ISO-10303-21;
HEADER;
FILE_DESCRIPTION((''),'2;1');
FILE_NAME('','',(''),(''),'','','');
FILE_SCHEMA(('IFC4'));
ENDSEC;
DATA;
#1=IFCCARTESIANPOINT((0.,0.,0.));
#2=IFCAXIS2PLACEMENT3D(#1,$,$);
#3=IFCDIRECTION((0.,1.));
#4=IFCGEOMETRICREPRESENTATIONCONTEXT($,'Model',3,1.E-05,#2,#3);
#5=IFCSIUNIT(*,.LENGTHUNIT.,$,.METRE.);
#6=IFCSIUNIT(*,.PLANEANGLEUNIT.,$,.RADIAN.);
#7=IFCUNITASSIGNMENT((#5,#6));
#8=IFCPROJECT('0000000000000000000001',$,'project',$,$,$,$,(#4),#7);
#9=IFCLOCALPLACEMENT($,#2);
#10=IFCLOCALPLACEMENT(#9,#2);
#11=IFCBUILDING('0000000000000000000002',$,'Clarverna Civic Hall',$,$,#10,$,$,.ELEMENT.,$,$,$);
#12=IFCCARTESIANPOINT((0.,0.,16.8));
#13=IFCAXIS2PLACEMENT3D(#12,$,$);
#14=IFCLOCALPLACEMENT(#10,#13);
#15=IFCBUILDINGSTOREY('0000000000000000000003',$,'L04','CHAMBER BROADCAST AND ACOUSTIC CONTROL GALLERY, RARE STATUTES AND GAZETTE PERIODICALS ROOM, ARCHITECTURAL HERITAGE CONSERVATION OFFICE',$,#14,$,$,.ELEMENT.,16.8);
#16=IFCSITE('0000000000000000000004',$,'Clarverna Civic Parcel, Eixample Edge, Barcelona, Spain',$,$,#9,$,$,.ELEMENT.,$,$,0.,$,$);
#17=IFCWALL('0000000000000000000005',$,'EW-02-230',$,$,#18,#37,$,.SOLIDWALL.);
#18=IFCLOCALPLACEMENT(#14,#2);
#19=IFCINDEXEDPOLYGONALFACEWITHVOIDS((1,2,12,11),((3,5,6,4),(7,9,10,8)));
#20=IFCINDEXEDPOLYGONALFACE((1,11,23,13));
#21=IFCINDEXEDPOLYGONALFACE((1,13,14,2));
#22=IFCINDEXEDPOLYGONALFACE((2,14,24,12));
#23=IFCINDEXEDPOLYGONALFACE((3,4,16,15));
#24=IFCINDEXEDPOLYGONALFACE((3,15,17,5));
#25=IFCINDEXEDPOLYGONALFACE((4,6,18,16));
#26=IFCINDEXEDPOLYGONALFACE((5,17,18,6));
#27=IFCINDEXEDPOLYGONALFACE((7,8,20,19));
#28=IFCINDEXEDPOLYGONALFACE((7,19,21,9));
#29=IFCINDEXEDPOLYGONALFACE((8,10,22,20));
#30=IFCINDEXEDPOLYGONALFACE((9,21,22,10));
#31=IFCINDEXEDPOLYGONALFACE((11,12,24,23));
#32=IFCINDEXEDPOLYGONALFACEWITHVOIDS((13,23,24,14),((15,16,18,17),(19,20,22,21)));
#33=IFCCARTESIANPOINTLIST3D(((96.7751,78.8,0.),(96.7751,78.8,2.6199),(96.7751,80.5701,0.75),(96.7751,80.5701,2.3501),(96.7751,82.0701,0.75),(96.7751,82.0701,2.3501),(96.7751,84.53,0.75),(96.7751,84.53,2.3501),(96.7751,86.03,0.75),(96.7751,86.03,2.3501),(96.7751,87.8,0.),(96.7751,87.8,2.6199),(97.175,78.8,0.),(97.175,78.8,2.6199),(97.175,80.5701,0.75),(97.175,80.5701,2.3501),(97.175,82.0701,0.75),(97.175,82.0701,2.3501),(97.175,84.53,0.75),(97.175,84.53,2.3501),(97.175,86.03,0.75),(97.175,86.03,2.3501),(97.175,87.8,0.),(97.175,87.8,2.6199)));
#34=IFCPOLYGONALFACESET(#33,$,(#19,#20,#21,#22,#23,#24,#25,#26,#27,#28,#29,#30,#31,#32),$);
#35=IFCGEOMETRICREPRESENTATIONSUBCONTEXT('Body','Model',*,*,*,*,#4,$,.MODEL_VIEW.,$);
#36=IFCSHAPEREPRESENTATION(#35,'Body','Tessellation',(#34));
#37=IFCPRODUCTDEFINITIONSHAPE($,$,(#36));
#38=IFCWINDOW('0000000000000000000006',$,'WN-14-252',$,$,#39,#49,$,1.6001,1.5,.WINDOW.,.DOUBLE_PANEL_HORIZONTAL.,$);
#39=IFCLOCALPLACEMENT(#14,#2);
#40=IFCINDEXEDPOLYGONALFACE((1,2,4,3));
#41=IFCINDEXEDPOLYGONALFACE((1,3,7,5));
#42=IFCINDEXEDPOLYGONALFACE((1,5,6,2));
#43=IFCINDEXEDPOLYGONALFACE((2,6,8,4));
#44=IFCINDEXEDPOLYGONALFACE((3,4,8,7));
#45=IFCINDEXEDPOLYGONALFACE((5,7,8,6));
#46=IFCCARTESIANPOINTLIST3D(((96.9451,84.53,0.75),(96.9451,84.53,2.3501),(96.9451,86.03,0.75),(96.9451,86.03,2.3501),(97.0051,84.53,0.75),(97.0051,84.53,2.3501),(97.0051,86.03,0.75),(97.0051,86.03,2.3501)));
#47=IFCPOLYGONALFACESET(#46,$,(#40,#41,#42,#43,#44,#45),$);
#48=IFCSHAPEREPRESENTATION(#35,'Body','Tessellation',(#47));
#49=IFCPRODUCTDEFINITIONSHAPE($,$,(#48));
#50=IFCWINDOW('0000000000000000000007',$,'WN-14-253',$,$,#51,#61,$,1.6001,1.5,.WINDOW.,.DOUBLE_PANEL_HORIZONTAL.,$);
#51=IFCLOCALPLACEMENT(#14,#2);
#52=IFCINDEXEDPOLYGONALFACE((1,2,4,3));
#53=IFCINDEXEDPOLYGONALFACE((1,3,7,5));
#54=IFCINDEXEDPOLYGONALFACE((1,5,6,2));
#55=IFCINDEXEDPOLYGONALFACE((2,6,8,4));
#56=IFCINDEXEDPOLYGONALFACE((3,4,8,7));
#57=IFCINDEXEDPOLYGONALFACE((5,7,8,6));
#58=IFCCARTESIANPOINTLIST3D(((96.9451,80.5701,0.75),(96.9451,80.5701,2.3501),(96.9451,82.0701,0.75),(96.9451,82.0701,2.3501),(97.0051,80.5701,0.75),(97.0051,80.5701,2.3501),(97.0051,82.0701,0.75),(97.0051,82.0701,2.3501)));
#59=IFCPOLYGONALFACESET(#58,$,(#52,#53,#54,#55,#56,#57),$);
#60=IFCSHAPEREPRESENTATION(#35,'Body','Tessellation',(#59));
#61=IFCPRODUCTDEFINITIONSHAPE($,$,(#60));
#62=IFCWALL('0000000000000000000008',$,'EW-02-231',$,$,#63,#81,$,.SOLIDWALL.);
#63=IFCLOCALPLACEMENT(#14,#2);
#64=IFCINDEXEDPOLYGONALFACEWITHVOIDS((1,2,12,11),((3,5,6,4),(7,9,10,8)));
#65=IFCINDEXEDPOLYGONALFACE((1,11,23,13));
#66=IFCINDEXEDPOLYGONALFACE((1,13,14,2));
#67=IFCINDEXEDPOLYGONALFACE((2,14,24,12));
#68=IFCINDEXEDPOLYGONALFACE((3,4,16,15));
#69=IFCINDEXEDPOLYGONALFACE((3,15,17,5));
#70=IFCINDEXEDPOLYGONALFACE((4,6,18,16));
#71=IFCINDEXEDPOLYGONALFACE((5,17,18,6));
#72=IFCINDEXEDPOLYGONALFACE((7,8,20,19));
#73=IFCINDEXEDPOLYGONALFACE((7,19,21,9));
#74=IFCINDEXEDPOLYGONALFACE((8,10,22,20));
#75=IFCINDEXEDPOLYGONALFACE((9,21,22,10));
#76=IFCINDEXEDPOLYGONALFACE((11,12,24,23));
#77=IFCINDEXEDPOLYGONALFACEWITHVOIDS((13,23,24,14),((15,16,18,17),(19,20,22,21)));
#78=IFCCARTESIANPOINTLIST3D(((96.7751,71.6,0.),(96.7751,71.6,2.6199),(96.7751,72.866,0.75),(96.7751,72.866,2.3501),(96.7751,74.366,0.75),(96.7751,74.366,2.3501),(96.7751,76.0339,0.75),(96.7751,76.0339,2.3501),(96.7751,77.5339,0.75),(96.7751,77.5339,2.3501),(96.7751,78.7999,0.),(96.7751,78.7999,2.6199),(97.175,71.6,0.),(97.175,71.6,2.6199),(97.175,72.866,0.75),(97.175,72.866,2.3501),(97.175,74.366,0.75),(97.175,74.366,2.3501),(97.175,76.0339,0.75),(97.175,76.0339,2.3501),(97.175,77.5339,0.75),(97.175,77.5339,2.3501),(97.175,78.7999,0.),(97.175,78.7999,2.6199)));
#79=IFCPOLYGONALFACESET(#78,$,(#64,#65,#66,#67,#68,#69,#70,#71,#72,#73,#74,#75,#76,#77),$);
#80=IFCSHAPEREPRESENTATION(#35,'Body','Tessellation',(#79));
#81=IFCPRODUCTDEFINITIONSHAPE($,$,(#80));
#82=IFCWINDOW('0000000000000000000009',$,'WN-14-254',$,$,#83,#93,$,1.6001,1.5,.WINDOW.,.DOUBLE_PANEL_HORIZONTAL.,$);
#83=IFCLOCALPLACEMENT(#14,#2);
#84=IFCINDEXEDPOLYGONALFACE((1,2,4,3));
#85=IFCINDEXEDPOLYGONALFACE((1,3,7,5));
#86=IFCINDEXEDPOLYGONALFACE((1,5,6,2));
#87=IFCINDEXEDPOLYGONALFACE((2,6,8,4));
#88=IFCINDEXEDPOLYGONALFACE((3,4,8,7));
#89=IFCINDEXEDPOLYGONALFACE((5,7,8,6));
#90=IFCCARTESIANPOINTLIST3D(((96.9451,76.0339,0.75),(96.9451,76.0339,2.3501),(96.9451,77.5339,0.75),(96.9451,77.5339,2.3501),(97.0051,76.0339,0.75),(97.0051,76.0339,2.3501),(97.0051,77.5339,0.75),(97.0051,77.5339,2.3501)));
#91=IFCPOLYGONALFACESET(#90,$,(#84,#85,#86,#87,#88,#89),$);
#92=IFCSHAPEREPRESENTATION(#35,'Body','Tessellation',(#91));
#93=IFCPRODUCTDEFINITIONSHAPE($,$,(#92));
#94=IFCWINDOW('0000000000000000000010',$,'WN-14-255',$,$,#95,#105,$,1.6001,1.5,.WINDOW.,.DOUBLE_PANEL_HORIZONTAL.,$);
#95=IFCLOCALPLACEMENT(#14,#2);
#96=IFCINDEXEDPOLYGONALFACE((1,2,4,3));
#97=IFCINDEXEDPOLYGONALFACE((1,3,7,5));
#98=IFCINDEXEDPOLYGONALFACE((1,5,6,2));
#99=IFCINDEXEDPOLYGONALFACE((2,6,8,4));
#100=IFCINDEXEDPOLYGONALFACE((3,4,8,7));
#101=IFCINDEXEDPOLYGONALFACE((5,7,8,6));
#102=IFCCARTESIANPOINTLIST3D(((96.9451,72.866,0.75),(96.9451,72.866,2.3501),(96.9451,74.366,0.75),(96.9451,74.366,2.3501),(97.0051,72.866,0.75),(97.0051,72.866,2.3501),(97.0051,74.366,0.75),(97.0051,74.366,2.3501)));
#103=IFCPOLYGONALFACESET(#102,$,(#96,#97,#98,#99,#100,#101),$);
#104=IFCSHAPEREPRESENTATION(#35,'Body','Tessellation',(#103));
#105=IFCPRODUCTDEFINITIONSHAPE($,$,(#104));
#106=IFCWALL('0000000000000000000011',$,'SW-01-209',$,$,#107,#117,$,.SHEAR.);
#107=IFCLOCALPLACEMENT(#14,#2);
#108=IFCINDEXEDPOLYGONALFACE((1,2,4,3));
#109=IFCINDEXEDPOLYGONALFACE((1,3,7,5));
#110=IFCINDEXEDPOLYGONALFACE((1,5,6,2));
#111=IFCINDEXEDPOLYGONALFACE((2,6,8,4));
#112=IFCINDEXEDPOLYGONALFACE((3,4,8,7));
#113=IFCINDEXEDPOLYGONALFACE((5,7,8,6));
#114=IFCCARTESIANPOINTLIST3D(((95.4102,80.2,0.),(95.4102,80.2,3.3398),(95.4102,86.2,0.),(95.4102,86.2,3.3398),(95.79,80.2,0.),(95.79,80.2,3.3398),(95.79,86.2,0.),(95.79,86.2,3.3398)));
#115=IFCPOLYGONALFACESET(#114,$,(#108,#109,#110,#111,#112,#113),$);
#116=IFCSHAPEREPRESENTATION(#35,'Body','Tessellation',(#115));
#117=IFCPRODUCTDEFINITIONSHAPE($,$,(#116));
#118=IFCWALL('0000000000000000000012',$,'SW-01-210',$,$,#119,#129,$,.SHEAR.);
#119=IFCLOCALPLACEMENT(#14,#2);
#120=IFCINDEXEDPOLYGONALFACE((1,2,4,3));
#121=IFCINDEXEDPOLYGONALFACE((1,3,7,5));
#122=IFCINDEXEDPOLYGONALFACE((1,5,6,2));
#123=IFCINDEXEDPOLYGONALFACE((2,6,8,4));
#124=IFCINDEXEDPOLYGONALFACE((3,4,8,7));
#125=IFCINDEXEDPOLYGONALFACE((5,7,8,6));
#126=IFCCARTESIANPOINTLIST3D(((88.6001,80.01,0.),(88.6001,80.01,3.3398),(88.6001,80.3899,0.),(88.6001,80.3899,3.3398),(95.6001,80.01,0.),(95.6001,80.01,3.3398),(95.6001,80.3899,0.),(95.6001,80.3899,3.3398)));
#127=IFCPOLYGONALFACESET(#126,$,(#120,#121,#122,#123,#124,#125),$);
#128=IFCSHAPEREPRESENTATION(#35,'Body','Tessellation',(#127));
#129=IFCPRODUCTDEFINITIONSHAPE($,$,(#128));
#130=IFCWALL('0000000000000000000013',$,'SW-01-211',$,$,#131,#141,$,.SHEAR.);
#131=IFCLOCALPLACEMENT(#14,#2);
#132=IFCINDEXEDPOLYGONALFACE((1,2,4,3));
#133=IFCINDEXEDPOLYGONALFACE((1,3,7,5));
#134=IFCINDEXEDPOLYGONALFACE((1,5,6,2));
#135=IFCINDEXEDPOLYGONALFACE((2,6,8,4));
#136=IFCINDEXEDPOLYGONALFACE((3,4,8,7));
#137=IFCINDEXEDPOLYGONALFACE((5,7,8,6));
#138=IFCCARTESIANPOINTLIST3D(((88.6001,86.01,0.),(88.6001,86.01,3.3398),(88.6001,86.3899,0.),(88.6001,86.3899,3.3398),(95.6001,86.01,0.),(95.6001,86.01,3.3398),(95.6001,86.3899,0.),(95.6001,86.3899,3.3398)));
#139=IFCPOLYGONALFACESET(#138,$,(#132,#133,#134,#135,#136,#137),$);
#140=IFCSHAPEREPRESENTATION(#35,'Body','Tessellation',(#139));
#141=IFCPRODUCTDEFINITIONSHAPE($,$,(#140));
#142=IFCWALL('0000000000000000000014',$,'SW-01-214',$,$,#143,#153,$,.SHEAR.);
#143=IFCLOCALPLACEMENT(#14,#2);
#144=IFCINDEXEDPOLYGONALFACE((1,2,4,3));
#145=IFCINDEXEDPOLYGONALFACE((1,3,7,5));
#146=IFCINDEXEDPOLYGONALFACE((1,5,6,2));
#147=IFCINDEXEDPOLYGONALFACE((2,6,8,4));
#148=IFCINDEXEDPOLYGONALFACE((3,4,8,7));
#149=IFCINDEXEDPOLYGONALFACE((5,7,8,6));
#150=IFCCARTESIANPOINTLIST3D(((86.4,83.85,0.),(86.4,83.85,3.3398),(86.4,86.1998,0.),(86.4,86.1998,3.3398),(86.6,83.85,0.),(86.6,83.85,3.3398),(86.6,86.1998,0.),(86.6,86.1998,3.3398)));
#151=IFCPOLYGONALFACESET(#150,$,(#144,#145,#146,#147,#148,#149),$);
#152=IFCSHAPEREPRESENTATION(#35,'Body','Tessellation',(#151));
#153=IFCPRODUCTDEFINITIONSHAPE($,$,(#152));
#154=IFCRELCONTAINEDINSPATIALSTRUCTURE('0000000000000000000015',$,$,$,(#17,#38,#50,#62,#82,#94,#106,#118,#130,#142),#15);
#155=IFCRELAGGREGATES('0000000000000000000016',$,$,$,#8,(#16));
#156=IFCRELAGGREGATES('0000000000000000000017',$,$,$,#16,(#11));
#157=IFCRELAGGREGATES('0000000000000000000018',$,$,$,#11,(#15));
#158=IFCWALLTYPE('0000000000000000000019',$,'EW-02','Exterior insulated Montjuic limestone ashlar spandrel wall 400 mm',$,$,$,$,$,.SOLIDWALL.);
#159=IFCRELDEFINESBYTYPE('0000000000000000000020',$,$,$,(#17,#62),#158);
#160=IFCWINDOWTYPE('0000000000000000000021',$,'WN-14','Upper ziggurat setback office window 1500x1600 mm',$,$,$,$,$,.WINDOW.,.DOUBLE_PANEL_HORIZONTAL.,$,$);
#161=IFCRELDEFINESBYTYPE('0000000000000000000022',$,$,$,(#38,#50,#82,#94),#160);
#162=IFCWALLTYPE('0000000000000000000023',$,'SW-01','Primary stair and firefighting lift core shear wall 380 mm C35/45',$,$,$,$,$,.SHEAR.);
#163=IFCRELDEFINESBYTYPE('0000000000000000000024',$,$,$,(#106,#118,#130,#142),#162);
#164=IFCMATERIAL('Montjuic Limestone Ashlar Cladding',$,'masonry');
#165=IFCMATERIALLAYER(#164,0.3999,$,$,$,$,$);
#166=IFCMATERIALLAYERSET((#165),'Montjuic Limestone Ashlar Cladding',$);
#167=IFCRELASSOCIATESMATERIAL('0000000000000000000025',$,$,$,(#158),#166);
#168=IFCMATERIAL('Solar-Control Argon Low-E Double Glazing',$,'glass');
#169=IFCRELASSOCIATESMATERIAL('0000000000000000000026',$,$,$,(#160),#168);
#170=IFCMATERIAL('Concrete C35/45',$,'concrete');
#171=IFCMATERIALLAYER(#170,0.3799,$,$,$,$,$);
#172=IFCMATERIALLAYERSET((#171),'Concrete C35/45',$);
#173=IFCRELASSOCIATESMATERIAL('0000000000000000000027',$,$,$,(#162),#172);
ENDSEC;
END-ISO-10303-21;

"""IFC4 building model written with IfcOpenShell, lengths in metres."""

from ifc_helpers import new_model, si_unit, direction, frame, frame_2d, origin, place, context, subcontext, project, spatial, rectangle, extrude, material, layer, layer_set, type_object, element, fill, save


model = new_model("IFC4")

# Units and contexts
model_context = context("Model", 3, precision=1e-05, world=origin(), true_north=direction((0.0, 1.0)))
body_context = subcontext(model_context, "Body", "Model", "MODEL_VIEW")
ifc_project = project(units=[si_unit("LENGTHUNIT", "METRE"), si_unit("PLANEANGLEUNIT", "RADIAN")], contexts=[model_context])

# Site, building, storey
site_placement = place(None, origin())
site = spatial("IfcSite", under=ifc_project, at=site_placement, Name="Clarverna Civic Parcel, Eixample Edge, Barcelona, Spain", CompositionType="ELEMENT", RefElevation=0.0)
building_placement = place(site_placement, origin())
building = spatial("IfcBuilding", under=site, at=building_placement, Name="Clarverna Civic Hall", CompositionType="ELEMENT")
storey_placement = place(building_placement, frame((0.0, 0.0, 16.8)))
storey = spatial("IfcBuildingStorey", under=building, at=storey_placement, Name="L04", Description="CHAMBER BROADCAST AND ACOUSTIC CONTROL GALLERY, RARE STATUTES AND GAZETTE PERIODICALS ROOM, ARCHITECTURAL HERITAGE CONSERVATION OFFICE", CompositionType="ELEMENT", Elevation=16.8)

# Shared definitions
ifc_material_1 = material(Name="Concrete C35/45", Category="concrete")

# Shared definitions
ifc_material_2 = material(Name="Montjuic Limestone Ashlar Cladding", Category="masonry")
ifc_layer_1 = layer(ifc_material_2, 0.3999)
ifc_layer_set_1 = layer_set([ifc_layer_1], Name="Montjuic Limestone Ashlar Cladding")
wall_type_1 = type_object("IfcWallType", Name="EW-02", Description="Exterior insulated Montjuic limestone ashlar spandrel wall 400 mm", PredefinedType="SOLIDWALL", material=ifc_layer_set_1)

# Walls, openings, windows
wall_1_placement = place(storey_placement, frame((96.9751, 87.8, 0.0), z_axis=(0.0, 0.0, 1.0), x_axis=(0.0, -1.0, 0.0)))
wall_1 = element("IfcWall", 1, at=wall_1_placement, inside=storey, type_object=wall_type_1, Name="EW-02-230", PredefinedType="SOLIDWALL", context=body_context, shape_type="SweptSolid", body=[
    extrude(rectangle(XDim=9.0, YDim=0.3999, at=frame_2d((4.5, 0.0))), origin(), (0.0, 0.0, 1.0), 2.6199),
])
opening_1_placement = place(wall_1_placement, frame((1.77, 0.0, 0.75)))
opening_1 = element("IfcOpeningElement", 2, at=opening_1_placement, cuts=wall_1, PredefinedType="OPENING", context=body_context, shape_type="SweptSolid", body=[
    extrude(rectangle(XDim=1.5, YDim=1.6001, at=frame_2d((0.75, 0.8))), frame((0.0, 0.21, 0.0), z_axis=(0.0, -1.0, 0.0), x_axis=(1.0, 0.0, 0.0)), (0.0, 0.0, 1.0), 0.4199),
])
opening_2_placement = place(wall_1_placement, frame((5.73, 0.0, 0.75)))
opening_2 = element("IfcOpeningElement", 3, at=opening_2_placement, cuts=wall_1, PredefinedType="OPENING", context=body_context, shape_type="SweptSolid", body=[
    extrude(rectangle(XDim=1.5, YDim=1.6001, at=frame_2d((0.75, 0.8))), frame((0.0, 0.21, 0.0), z_axis=(0.0, -1.0, 0.0), x_axis=(1.0, 0.0, 0.0)), (0.0, 0.0, 1.0), 0.4199),
])
ifc_material_3 = material(Name="Solar-Control Argon Low-E Double Glazing", Category="glass")
window_type = type_object("IfcWindowType", Name="WN-14", Description="Upper ziggurat setback office window 1500x1600 mm", PartitioningType="DOUBLE_PANEL_HORIZONTAL", PredefinedType="WINDOW", material=ifc_material_3)
window_1_placement = place(opening_1_placement, origin())
window_1 = element("IfcWindow", 4, at=window_1_placement, inside=storey, type_object=window_type, Name="WN-14-252", OverallHeight=1.6001, OverallWidth=1.5, PartitioningType="DOUBLE_PANEL_HORIZONTAL", PredefinedType="WINDOW", context=body_context, shape_type="SweptSolid", body=[
    extrude(rectangle(XDim=1.5, YDim=1.6001, at=frame_2d((0.75, 0.8))), frame((0.0, 0.03, 0.0), z_axis=(0.0, -1.0, 0.0), x_axis=(1.0, 0.0, 0.0)), (0.0, 0.0, 1.0), 0.0601),
])
fill(opening_1, window_1)
window_2_placement = place(opening_2_placement, origin())
window_2 = element("IfcWindow", 5, at=window_2_placement, inside=storey, type_object=window_type, Name="WN-14-253", OverallHeight=1.6001, OverallWidth=1.5, PartitioningType="DOUBLE_PANEL_HORIZONTAL", PredefinedType="WINDOW", context=body_context, shape_type="SweptSolid", body=[
    extrude(rectangle(XDim=1.5, YDim=1.6001, at=frame_2d((0.75, 0.8))), frame((0.0, 0.03, 0.0), z_axis=(0.0, -1.0, 0.0), x_axis=(1.0, 0.0, 0.0)), (0.0, 0.0, 1.0), 0.0601),
])
fill(opening_2, window_2)
wall_2_placement = place(storey_placement, frame((96.9751, 78.8, 0.0), z_axis=(0.0, 0.0, 1.0), x_axis=(0.0, -1.0, 0.0)))
wall_2 = element("IfcWall", 6, at=wall_2_placement, inside=storey, type_object=wall_type_1, Name="EW-02-231", PredefinedType="SOLIDWALL", context=body_context, shape_type="SweptSolid", body=[
    extrude(rectangle(XDim=7.2, YDim=0.3999, at=frame_2d((3.6001, 0.0))), origin(), (0.0, 0.0, 1.0), 2.6199),
])
opening_3_placement = place(wall_2_placement, frame((1.2661, 0.0, 0.75)))
opening_3 = element("IfcOpeningElement", 7, at=opening_3_placement, cuts=wall_2, PredefinedType="OPENING", context=body_context, shape_type="SweptSolid", body=[
    extrude(rectangle(XDim=1.5, YDim=1.6001, at=frame_2d((0.75, 0.8))), frame((0.0, 0.21, 0.0), z_axis=(0.0, -1.0, 0.0), x_axis=(1.0, 0.0, 0.0)), (0.0, 0.0, 1.0), 0.4199),
])
opening_4_placement = place(wall_2_placement, frame((4.4341, 0.0, 0.75)))
opening_4 = element("IfcOpeningElement", 8, at=opening_4_placement, cuts=wall_2, PredefinedType="OPENING", context=body_context, shape_type="SweptSolid", body=[
    extrude(rectangle(XDim=1.5, YDim=1.6001, at=frame_2d((0.75, 0.8))), frame((0.0, 0.21, 0.0), z_axis=(0.0, -1.0, 0.0), x_axis=(1.0, 0.0, 0.0)), (0.0, 0.0, 1.0), 0.4199),
])
window_3_placement = place(opening_3_placement, origin())
window_3 = element("IfcWindow", 9, at=window_3_placement, inside=storey, type_object=window_type, Name="WN-14-254", OverallHeight=1.6001, OverallWidth=1.5, PartitioningType="DOUBLE_PANEL_HORIZONTAL", PredefinedType="WINDOW", context=body_context, shape_type="SweptSolid", body=[
    extrude(rectangle(XDim=1.5, YDim=1.6001, at=frame_2d((0.75, 0.8))), frame((0.0, 0.03, 0.0), z_axis=(0.0, -1.0, 0.0), x_axis=(1.0, 0.0, 0.0)), (0.0, 0.0, 1.0), 0.0601),
])
fill(opening_3, window_3)
window_4_placement = place(opening_4_placement, origin())
window_4 = element("IfcWindow", 10, at=window_4_placement, inside=storey, type_object=window_type, Name="WN-14-255", OverallHeight=1.6001, OverallWidth=1.5, PartitioningType="DOUBLE_PANEL_HORIZONTAL", PredefinedType="WINDOW", context=body_context, shape_type="SweptSolid", body=[
    extrude(rectangle(XDim=1.5, YDim=1.6001, at=frame_2d((0.75, 0.8))), frame((0.0, 0.03, 0.0), z_axis=(0.0, -1.0, 0.0), x_axis=(1.0, 0.0, 0.0)), (0.0, 0.0, 1.0), 0.0601),
])
fill(opening_4, window_4)

# Shared definitions
ifc_layer_2 = layer(ifc_material_1, 0.3799)
ifc_layer_set_2 = layer_set([ifc_layer_2], Name="Concrete C35/45")
wall_type_2 = type_object("IfcWallType", Name="SW-01", Description="Primary stair and firefighting lift core shear wall 380 mm C35/45", PredefinedType="SHEAR", material=ifc_layer_set_2)

# Walls
wall_3_placement = place(storey_placement, frame((95.6001, 80.2, 0.0), z_axis=(0.0, 0.0, 1.0), x_axis=(0.0, 1.0, 0.0)))
element("IfcWall", 11, at=wall_3_placement, inside=storey, type_object=wall_type_2, Name="SW-01-209", PredefinedType="SHEAR", context=body_context, shape_type="SweptSolid", body=[
    extrude(rectangle(XDim=6.0, YDim=0.3799, at=frame_2d((3.0, 0.0))), origin(), (0.0, 0.0, 1.0), 3.3398),
])
for number, where, z_axis, x_axis, name in (
    (12, (88.6001, 80.2, 0.0), (0.0, 0.0, 1.0), (1.0, 0.0, 0.0), "SW-01-210"),
    (13, (88.6001, 86.2, 0.0), (0.0, 0.0, 1.0), (1.0, 0.0, 0.0), "SW-01-211"),
):
    element("IfcWall", number, at=place(storey_placement, frame(where, z_axis=z_axis, x_axis=x_axis)), inside=storey, type_object=wall_type_2, Name=name, PredefinedType="SHEAR", context=body_context, shape_type="SweptSolid", body=[
        extrude(rectangle(XDim=7.0, YDim=0.3799, at=frame_2d((3.5, 0.0))), origin(), (0.0, 0.0, 1.0), 3.3398),
    ])
wall_4_placement = place(storey_placement, frame((86.5, 83.8501, 0.0), z_axis=(0.0, 0.0, 1.0), x_axis=(0.0, 1.0, 0.0)))
element("IfcWall", 14, at=wall_4_placement, inside=storey, type_object=wall_type_2, Name="SW-01-214", PredefinedType="SHEAR", context=body_context, shape_type="SweptSolid", body=[
    extrude(rectangle(XDim=2.3499, YDim=0.2, at=frame_2d((1.1748, 0.0))), origin(), (0.0, 0.0, 1.0), 3.3398),
])

save(model, "model.ifc")
